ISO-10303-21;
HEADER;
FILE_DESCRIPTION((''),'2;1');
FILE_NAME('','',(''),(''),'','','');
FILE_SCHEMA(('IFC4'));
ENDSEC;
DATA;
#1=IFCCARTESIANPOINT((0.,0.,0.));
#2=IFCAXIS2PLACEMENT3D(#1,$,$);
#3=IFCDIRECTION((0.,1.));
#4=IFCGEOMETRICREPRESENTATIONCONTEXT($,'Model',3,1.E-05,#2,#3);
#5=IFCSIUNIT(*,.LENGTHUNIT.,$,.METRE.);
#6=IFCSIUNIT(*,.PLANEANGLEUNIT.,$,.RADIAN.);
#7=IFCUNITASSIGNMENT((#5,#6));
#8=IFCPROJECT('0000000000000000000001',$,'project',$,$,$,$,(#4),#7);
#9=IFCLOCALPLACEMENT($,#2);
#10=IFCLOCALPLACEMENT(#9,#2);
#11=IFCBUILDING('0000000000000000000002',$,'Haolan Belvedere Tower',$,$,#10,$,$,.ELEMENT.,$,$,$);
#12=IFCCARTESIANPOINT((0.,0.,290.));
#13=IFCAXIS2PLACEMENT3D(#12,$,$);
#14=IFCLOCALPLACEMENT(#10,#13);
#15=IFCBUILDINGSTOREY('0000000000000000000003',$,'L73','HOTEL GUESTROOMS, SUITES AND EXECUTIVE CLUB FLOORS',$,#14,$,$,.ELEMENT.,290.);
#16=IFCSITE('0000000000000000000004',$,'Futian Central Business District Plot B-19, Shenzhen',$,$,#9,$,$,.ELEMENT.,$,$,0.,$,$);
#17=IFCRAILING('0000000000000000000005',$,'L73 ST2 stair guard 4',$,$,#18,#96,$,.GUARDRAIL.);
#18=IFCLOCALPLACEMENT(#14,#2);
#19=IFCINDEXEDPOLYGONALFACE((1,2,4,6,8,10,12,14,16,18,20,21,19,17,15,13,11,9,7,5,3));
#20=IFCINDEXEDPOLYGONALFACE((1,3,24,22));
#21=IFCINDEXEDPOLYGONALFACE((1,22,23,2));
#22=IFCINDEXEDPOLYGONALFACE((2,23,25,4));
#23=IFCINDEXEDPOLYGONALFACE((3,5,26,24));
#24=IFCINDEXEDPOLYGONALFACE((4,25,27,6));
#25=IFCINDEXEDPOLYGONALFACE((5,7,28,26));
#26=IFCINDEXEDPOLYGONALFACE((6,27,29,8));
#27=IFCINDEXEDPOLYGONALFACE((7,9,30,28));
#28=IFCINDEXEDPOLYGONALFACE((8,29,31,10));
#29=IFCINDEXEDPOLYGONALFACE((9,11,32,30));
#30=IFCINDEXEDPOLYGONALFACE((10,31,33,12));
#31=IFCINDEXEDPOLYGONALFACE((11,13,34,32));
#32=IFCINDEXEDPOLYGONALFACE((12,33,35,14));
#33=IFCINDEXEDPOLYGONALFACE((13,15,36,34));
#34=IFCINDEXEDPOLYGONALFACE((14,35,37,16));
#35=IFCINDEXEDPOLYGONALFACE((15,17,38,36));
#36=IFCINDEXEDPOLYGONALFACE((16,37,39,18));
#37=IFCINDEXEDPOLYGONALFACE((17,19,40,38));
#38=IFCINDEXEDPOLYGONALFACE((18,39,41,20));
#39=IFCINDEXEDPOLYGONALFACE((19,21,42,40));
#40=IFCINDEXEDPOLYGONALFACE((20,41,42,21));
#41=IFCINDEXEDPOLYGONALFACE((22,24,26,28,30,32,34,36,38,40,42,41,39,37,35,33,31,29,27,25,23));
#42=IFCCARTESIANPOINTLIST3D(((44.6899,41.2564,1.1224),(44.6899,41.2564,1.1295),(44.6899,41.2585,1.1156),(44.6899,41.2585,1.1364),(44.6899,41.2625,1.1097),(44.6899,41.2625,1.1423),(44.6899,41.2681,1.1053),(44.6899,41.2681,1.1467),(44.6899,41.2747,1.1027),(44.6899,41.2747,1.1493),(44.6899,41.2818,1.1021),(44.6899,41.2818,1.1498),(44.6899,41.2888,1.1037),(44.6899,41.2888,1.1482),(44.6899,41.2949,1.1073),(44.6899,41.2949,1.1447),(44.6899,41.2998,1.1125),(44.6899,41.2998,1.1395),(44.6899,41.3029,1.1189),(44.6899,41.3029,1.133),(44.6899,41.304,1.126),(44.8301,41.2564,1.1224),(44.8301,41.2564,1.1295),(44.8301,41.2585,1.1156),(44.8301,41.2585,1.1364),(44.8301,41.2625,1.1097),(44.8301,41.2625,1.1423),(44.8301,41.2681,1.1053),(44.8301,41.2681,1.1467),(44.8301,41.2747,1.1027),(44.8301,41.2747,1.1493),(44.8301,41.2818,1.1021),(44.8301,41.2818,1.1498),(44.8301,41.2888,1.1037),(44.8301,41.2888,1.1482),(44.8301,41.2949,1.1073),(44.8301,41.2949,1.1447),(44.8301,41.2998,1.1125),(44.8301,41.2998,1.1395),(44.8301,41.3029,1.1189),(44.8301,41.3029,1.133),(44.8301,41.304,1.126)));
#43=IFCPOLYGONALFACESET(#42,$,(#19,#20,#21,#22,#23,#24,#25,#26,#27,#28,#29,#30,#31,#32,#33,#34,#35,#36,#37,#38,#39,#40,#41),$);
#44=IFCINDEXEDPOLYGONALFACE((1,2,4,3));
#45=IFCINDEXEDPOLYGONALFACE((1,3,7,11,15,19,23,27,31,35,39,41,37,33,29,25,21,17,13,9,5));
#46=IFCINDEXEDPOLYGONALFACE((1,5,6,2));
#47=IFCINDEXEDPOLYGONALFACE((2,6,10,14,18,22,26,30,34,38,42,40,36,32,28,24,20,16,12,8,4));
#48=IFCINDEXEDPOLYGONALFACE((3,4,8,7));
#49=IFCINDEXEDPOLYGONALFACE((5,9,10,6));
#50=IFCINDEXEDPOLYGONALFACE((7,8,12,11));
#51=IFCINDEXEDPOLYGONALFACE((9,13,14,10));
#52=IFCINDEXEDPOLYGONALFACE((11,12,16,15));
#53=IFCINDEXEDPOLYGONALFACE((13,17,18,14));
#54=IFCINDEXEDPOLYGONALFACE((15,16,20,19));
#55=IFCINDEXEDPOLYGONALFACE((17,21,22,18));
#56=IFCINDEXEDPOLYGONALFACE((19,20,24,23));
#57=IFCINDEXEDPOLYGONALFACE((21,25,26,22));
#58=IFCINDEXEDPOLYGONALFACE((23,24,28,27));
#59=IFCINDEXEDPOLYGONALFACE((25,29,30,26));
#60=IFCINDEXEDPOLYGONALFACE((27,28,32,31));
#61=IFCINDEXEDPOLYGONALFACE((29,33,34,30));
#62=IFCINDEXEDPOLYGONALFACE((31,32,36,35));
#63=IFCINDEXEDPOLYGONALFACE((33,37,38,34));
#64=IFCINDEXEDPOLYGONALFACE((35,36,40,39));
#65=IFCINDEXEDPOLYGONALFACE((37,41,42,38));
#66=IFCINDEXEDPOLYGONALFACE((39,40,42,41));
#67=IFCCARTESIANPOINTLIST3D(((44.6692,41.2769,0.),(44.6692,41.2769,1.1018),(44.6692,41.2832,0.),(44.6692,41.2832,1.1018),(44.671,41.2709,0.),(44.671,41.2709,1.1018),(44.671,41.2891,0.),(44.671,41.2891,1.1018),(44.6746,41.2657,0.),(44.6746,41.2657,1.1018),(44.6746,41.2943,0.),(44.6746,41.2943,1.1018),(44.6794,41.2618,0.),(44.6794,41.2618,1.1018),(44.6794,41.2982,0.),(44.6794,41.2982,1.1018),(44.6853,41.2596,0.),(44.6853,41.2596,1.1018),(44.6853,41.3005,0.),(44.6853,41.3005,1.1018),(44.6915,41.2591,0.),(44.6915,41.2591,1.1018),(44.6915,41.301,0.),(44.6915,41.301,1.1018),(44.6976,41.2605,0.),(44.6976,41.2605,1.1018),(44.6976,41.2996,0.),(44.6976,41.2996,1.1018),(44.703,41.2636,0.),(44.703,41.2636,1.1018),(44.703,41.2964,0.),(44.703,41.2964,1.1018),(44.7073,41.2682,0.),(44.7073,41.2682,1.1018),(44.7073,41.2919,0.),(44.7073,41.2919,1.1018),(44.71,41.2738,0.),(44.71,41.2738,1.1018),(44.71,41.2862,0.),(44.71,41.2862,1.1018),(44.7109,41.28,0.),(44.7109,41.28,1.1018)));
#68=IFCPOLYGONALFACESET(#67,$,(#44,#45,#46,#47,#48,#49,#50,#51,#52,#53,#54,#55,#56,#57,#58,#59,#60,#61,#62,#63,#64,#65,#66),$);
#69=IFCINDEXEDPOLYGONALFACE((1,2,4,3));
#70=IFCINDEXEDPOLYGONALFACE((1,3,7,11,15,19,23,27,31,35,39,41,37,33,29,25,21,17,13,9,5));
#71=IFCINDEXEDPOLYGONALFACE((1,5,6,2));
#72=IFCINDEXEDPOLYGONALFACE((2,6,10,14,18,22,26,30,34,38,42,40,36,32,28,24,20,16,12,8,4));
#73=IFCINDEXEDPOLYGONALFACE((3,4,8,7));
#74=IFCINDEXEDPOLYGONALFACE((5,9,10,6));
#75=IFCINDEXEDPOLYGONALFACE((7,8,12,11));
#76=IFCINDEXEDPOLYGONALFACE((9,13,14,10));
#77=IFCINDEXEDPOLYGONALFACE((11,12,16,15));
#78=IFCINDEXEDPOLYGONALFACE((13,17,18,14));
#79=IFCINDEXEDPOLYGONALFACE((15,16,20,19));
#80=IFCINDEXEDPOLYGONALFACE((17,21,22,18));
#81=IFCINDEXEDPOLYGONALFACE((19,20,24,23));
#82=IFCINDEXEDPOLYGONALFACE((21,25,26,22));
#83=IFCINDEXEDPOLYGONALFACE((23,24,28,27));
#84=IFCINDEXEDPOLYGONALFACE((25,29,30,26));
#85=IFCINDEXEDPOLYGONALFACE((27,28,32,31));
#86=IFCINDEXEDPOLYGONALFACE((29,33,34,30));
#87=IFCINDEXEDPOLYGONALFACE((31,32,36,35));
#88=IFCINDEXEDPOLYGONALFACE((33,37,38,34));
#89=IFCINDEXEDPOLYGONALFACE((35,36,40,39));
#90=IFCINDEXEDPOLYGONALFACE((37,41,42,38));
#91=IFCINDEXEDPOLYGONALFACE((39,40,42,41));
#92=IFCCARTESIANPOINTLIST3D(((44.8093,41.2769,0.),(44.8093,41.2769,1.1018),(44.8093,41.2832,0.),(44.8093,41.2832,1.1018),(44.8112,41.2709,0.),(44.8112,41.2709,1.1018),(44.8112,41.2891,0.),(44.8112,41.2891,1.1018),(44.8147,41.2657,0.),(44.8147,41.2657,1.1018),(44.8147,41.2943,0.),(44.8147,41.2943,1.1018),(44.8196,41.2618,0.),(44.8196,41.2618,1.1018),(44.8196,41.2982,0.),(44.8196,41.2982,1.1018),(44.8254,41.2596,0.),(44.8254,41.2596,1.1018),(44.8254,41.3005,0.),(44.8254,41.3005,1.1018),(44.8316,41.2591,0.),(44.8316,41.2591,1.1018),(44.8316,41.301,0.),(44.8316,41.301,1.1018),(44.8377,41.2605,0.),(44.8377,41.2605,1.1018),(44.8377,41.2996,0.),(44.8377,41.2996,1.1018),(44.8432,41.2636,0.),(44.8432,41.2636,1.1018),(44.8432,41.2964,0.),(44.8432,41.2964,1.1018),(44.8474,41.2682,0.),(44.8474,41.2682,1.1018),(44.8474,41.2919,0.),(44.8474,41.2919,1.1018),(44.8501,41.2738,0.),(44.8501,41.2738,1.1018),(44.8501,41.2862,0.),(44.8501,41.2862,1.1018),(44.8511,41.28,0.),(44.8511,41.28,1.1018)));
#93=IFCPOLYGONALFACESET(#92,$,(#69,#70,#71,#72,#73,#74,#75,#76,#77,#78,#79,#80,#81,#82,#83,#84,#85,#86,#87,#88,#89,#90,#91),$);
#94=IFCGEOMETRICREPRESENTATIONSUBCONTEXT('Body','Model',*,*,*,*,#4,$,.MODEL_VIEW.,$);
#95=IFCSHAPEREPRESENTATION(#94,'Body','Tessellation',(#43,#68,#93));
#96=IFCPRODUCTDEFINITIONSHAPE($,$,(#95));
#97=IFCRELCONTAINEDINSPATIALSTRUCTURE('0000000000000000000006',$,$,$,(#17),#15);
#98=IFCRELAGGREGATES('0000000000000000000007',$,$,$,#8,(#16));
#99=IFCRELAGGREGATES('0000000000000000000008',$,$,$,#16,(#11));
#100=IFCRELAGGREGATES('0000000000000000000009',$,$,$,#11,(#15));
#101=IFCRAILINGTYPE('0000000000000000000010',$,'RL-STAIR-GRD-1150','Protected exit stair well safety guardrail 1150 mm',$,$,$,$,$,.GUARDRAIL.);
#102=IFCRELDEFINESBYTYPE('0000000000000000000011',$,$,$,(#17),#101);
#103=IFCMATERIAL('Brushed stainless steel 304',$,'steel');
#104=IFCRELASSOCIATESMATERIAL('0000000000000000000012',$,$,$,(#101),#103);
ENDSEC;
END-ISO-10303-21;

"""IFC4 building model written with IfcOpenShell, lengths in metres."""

from ifc_helpers import new_model, si_unit, direction, frame, origin, origin_2d, place, context, subcontext, project, spatial, circle, extrude, material, type_object, element, save


model = new_model("IFC4")

# Units and contexts
model_context = context("Model", 3, precision=1e-05, world=origin(), true_north=direction((0.0, 1.0)))
body_context = subcontext(model_context, "Body", "Model", "MODEL_VIEW")
ifc_project = project(units=[si_unit("LENGTHUNIT", "METRE"), si_unit("PLANEANGLEUNIT", "RADIAN")], contexts=[model_context])

# Site, building, storey
site_placement = place(None, origin())
site = spatial("IfcSite", under=ifc_project, at=site_placement, Name="Futian Central Business District Plot B-19, Shenzhen", CompositionType="ELEMENT", RefElevation=0.0)
building_placement = place(site_placement, origin())
building = spatial("IfcBuilding", under=site, at=building_placement, Name="Haolan Belvedere Tower", CompositionType="ELEMENT")
storey_placement = place(building_placement, frame((0.0, 0.0, 290.0)))
storey = spatial("IfcBuildingStorey", under=building, at=storey_placement, Name="L73", Description="HOTEL GUESTROOMS, SUITES AND EXECUTIVE CLUB FLOORS", CompositionType="ELEMENT", Elevation=290.0)

# Railing
ifc_material_1 = material(Name="Brushed stainless steel 304", Category="steel")
railing_type_1 = type_object("IfcRailingType", Name="RL-STAIR-GRD-1150", Description="Protected exit stair well safety guardrail 1150 mm", PredefinedType="GUARDRAIL", material=ifc_material_1)
railing_1_placement = place(storey_placement, frame((44.6899, 41.28, 0.0)))
element("IfcRailing", 1, at=railing_1_placement, inside=storey, type_object=railing_type_1, Name="L73 ST2 stair guard 4", PredefinedType="GUARDRAIL", context=body_context, shape_type="SweptSolid", body=[
    extrude(circle(Radius=0.0239, at=origin_2d()), frame((0.0, 0.0, 1.126), z_axis=(1.0, 0.0, 0.0), x_axis=(0.0, 1.0, 0.0)), (0.0, 0.0, 1.0), 0.1401),
    extrude(circle(Radius=0.021, at=origin_2d()), origin(), (0.0, 0.0, 1.0), 1.1018),
    extrude(circle(Radius=0.021, at=origin_2d()), frame((0.1401, 0.0, 0.0)), (0.0, 0.0, 1.0), 1.1018),
])

save(model, "model.ifc")
